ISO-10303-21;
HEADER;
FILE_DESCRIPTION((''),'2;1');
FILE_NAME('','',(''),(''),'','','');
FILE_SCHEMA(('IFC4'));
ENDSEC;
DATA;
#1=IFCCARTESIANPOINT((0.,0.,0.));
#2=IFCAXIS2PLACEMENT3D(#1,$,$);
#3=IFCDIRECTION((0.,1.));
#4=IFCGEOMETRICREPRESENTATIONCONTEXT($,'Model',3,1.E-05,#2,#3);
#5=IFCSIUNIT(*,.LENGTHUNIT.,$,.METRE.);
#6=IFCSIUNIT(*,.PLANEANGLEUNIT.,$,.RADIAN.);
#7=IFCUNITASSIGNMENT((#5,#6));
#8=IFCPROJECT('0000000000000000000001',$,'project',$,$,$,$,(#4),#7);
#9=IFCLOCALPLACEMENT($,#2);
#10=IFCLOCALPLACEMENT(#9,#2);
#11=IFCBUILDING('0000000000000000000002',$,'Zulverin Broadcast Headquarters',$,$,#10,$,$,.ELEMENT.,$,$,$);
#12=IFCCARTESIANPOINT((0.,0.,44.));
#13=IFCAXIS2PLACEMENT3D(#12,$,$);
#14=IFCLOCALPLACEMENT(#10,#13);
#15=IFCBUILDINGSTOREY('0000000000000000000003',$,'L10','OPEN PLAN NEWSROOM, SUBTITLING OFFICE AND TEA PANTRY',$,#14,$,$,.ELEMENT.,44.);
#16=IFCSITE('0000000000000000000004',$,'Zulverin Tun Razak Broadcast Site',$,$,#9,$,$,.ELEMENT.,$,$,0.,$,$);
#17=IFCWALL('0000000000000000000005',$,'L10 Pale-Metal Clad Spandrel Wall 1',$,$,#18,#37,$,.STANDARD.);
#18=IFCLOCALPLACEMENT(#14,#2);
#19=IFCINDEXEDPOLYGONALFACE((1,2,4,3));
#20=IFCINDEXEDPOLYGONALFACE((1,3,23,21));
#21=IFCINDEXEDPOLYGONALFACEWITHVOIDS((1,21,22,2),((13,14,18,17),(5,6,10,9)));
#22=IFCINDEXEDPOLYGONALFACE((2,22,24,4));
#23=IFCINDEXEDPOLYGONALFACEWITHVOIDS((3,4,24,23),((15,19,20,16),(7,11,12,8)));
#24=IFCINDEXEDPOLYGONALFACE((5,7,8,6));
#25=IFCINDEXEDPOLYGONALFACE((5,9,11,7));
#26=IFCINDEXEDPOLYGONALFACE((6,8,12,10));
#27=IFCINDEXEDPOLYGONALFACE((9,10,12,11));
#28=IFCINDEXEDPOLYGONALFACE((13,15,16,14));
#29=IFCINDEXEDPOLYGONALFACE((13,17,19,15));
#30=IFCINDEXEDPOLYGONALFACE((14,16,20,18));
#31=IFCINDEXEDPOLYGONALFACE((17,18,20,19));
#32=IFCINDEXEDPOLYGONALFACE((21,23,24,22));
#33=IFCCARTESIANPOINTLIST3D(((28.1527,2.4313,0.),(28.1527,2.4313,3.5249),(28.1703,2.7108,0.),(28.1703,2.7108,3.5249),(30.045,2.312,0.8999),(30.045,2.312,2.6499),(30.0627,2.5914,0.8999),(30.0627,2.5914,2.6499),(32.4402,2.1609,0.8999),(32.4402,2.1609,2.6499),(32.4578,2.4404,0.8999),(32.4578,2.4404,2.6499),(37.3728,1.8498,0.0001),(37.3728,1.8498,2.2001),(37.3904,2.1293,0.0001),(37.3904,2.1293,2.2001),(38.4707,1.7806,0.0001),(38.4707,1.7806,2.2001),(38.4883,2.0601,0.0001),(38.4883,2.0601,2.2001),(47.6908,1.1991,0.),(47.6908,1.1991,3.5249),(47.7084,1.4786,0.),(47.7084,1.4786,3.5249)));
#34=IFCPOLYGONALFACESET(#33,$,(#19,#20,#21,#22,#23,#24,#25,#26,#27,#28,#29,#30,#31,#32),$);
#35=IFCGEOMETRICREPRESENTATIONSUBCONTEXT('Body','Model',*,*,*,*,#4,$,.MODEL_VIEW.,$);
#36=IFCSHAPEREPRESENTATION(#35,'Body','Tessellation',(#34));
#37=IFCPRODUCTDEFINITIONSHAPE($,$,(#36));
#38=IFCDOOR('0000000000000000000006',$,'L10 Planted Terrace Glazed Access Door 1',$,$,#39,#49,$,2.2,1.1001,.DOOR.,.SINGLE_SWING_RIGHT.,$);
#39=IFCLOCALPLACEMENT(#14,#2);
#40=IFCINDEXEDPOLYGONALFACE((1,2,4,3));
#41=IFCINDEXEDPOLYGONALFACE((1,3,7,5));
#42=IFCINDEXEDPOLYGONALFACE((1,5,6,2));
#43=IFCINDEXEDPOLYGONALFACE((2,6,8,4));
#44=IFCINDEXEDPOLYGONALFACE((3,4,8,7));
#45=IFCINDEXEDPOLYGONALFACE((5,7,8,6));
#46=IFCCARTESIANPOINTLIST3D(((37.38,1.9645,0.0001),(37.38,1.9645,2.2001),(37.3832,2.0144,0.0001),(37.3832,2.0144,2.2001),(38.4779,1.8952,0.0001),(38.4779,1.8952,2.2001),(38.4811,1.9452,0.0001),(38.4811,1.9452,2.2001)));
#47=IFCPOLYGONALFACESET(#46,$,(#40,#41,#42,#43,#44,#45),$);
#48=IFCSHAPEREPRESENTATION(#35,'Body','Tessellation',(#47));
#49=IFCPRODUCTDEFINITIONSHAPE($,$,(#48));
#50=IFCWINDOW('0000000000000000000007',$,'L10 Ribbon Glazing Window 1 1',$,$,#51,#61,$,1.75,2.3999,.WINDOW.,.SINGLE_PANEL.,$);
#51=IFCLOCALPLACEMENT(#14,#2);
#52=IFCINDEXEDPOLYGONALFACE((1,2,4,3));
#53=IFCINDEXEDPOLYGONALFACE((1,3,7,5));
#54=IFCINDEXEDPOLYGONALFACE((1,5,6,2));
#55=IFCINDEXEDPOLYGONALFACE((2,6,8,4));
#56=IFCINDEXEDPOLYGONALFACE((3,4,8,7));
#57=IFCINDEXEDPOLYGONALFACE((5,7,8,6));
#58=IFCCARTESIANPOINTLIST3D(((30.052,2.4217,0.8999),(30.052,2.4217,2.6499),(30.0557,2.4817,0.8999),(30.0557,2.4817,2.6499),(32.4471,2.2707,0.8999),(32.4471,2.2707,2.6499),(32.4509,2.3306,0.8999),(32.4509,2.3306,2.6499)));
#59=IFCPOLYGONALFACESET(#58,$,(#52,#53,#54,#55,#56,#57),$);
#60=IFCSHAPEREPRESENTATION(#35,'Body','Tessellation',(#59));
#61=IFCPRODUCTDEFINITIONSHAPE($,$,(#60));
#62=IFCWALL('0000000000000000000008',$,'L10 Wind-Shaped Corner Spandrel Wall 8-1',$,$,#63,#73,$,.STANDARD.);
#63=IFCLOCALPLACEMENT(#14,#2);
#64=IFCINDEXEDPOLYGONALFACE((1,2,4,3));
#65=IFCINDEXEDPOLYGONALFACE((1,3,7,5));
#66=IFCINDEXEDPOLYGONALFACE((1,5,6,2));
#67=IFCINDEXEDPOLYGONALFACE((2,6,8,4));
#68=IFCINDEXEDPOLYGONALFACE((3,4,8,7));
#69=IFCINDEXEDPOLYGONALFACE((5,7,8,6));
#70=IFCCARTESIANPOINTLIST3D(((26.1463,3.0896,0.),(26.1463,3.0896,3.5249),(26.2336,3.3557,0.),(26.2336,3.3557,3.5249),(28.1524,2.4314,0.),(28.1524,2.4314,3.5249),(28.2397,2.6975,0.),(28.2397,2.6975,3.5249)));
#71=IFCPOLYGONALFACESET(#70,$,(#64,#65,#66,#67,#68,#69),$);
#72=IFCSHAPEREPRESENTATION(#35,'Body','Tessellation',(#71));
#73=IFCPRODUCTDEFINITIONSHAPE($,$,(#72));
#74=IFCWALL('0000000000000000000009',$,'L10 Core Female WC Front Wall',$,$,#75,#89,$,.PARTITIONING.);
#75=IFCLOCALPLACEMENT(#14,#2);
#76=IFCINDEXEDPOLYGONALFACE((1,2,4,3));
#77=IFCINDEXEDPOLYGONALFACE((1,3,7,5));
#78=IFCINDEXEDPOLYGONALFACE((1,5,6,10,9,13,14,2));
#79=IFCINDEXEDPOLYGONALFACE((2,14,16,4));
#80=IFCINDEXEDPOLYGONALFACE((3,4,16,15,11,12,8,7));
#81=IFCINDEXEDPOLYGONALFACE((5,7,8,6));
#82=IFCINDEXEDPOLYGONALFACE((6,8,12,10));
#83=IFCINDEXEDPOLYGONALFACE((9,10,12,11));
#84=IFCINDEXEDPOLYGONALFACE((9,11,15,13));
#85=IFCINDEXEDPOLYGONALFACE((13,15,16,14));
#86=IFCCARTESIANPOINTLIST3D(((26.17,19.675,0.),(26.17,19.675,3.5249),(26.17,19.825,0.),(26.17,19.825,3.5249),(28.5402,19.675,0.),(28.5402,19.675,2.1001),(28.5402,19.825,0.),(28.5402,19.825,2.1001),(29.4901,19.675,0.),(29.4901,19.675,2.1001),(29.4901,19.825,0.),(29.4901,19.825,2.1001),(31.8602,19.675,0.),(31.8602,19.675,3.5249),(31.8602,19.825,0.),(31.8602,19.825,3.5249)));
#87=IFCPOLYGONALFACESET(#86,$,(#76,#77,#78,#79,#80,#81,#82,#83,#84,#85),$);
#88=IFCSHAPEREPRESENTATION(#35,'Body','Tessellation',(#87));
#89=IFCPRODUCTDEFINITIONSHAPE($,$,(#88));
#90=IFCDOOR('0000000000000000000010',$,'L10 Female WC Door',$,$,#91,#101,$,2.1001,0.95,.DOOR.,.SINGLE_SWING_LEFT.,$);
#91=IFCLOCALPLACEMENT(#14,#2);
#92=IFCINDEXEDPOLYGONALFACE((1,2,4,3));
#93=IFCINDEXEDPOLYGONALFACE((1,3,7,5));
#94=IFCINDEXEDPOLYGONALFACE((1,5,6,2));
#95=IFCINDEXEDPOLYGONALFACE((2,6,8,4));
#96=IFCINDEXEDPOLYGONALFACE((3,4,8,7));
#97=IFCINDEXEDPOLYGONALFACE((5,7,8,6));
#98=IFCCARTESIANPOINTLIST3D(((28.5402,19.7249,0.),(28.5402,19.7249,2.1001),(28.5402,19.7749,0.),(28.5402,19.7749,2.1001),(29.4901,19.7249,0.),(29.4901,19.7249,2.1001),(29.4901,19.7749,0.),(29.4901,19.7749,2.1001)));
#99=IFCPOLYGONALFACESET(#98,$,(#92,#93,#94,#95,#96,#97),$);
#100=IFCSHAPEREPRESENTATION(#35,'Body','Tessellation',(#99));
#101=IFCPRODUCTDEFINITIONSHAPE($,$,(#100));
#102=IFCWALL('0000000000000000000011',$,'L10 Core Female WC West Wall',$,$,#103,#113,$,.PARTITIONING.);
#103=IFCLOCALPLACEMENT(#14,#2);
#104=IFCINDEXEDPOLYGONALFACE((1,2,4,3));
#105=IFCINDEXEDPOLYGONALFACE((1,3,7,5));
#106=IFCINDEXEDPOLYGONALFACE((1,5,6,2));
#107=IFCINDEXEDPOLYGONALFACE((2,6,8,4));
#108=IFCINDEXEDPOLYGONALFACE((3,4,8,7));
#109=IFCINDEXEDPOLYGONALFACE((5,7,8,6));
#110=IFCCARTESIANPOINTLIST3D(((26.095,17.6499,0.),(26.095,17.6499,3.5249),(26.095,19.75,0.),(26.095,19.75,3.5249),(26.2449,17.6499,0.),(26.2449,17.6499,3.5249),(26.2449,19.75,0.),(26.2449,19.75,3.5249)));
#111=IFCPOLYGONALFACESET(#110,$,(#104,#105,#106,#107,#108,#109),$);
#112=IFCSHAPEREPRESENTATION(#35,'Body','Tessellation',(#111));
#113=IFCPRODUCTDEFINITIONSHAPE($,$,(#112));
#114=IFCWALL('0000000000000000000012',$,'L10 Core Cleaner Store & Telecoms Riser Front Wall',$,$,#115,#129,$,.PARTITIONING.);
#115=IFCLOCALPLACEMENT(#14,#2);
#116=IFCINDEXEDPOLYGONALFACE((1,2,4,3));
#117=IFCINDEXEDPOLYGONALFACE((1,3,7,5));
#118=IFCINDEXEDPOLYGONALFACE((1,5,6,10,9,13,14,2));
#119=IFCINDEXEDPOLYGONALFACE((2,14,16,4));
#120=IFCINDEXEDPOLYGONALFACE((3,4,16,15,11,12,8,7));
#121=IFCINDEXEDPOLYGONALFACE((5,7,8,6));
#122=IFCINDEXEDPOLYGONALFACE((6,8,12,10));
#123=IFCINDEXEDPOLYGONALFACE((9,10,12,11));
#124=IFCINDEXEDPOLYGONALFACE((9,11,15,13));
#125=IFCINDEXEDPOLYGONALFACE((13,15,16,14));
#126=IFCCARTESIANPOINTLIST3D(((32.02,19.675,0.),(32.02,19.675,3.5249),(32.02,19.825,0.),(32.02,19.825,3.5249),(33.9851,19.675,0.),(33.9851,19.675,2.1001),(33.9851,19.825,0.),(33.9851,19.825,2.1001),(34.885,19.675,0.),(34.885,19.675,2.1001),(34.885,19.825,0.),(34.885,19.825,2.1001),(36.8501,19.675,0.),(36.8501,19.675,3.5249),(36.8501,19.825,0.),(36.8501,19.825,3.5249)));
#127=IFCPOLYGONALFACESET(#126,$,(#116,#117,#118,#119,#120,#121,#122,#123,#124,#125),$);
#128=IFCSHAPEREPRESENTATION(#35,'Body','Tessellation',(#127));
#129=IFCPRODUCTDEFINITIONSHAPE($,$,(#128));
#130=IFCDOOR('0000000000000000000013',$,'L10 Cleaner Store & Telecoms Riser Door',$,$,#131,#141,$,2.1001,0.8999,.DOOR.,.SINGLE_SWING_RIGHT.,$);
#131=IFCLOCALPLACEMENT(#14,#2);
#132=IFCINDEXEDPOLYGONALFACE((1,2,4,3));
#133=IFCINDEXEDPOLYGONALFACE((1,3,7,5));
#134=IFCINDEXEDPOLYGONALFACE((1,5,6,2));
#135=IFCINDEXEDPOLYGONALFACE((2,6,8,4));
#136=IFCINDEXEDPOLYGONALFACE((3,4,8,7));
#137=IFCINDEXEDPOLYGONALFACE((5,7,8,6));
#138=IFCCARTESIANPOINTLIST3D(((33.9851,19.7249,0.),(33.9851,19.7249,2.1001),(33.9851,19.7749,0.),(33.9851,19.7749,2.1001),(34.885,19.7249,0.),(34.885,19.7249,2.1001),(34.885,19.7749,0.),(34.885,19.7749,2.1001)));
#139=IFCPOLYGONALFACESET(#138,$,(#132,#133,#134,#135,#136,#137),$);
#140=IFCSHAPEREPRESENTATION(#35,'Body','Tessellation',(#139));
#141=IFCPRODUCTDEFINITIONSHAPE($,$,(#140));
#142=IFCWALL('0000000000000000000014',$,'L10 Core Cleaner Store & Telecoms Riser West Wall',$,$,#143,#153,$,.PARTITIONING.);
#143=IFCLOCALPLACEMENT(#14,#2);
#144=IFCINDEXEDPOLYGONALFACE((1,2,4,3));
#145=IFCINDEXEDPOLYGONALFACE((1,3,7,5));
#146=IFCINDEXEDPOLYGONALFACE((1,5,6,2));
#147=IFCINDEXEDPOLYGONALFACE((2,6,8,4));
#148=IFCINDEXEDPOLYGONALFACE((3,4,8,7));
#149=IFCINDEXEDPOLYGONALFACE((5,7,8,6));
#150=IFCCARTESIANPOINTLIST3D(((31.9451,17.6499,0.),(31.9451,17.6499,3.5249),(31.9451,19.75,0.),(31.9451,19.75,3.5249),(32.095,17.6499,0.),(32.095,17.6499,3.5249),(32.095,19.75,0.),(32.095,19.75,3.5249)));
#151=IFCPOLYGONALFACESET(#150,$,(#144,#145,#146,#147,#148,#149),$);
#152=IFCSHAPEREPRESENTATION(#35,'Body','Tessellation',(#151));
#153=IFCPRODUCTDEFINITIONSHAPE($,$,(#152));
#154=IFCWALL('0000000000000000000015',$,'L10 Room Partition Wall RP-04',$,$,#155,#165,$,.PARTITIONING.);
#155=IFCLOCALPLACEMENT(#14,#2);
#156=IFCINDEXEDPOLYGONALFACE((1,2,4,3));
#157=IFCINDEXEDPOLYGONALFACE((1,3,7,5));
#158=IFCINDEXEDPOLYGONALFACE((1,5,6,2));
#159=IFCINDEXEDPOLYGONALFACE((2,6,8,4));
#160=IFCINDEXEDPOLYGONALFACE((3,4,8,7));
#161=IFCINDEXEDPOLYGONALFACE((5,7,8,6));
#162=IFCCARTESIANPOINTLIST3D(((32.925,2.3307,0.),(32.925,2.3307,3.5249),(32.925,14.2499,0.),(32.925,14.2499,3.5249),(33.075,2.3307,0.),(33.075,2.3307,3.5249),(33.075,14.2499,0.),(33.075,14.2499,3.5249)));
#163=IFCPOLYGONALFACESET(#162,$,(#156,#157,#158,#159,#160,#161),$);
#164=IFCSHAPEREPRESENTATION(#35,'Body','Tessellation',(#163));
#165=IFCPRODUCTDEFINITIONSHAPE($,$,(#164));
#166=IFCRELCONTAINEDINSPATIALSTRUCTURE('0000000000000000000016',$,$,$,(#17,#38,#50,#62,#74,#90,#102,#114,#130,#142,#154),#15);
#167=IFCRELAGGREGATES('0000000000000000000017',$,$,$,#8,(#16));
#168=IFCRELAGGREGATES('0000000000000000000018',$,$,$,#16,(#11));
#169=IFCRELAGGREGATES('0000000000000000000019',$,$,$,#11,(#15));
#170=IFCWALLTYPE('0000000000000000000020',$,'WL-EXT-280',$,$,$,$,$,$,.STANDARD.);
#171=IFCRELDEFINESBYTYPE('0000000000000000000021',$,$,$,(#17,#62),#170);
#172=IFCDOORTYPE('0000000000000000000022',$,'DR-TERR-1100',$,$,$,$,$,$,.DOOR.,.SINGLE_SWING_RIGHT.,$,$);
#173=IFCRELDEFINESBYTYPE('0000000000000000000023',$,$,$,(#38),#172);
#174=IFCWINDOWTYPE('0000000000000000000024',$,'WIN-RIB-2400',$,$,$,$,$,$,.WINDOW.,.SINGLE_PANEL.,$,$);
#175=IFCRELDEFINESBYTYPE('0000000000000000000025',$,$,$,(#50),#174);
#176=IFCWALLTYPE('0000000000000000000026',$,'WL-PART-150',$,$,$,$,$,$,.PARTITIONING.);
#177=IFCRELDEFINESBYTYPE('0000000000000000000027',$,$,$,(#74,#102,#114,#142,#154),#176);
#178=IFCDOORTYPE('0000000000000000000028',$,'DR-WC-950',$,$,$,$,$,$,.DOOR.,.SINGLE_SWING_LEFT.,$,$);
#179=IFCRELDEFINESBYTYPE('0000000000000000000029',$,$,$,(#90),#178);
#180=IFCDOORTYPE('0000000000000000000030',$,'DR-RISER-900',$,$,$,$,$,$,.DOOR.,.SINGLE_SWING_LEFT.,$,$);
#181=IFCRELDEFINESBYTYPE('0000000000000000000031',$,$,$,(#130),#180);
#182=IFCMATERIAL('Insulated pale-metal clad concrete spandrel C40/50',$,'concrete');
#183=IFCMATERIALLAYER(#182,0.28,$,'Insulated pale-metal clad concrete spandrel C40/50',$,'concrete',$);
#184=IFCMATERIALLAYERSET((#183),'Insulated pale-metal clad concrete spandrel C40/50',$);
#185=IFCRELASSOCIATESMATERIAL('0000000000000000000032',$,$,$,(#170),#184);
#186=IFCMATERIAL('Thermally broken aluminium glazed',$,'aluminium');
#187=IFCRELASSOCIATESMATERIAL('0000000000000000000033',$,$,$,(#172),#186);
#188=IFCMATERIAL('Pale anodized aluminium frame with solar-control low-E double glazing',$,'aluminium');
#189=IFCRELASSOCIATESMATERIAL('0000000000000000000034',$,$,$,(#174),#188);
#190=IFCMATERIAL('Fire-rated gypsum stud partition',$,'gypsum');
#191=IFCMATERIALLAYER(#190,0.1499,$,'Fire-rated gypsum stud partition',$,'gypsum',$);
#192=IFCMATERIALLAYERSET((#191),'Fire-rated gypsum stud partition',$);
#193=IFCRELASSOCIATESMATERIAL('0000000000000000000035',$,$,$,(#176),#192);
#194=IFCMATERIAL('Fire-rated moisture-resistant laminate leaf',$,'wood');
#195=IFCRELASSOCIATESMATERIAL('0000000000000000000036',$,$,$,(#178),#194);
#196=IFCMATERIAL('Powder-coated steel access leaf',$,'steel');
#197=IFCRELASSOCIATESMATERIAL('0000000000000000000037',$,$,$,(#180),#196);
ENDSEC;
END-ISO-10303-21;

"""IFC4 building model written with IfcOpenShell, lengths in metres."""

from ifc_helpers import new_model, si_unit, direction, frame, frame_2d, origin, place, context, subcontext, project, spatial, rectangle, extrude, material, layer, layer_set, type_object, element, fill, save


model = new_model("IFC4")

# Units and contexts
model_context = context("Model", 3, precision=1e-05, world=origin(), true_north=direction((0.0, 1.0)))
body_context = subcontext(model_context, "Body", "Model", "MODEL_VIEW")
ifc_project = project(units=[si_unit("LENGTHUNIT", "METRE"), si_unit("PLANEANGLEUNIT", "RADIAN")], contexts=[model_context])

# Site, building, storey
site_placement = place(None, origin())
site = spatial("IfcSite", under=ifc_project, at=site_placement, Name="Zulverin Tun Razak Broadcast Site", CompositionType="ELEMENT", RefElevation=0.0)
building_placement = place(site_placement, origin())
building = spatial("IfcBuilding", under=site, at=building_placement, Name="Zulverin Broadcast Headquarters", CompositionType="ELEMENT")
storey_placement = place(building_placement, frame((0.0, 0.0, 44.0)))
storey = spatial("IfcBuildingStorey", under=building, at=storey_placement, Name="L10", Description="OPEN PLAN NEWSROOM, SUBTITLING OFFICE AND TEA PANTRY", CompositionType="ELEMENT", Elevation=44.0)

# Wall, openings, door, window
ifc_material_1 = material(Name="Insulated pale-metal clad concrete spandrel C40/50", Category="concrete")
ifc_layer_1 = layer(ifc_material_1, 0.28, Name="Insulated pale-metal clad concrete spandrel C40/50", Category="concrete")
ifc_layer_set_1 = layer_set([ifc_layer_1], Name="Insulated pale-metal clad concrete spandrel C40/50")
wall_type_1 = type_object("IfcWallType", Name="WL-EXT-280", PredefinedType="STANDARD", material=ifc_layer_set_1)
wall_1_placement = place(storey_placement, frame((28.1614, 2.571, 0.0), z_axis=(0.0, 0.0, 1.0), x_axis=(0.998017, -0.06294, 0.0)))
wall_1 = element("IfcWall", 1, at=wall_1_placement, inside=storey, type_object=wall_type_1, Name="L10 Pale-Metal Clad Spandrel Wall 1", PredefinedType="STANDARD", context=body_context, shape_type="SweptSolid", body=[
    extrude(rectangle(XDim=19.5769, YDim=0.28, at=frame_2d((9.7886, 0.0))), origin(), (0.0, 0.0, 1.0), 3.5249),
])
opening_1_placement = place(wall_1_placement, frame((9.2385, 0.0, 0.0)))
opening_1 = element("IfcOpeningElement", 2, at=opening_1_placement, cuts=wall_1, PredefinedType="OPENING", context=body_context, shape_type="SweptSolid", body=[
    extrude(rectangle(XDim=1.1001, YDim=2.2, at=frame_2d((0.55, 1.1001))), frame((0.0, 0.1499, 0.0), z_axis=(0.0, -1.0, 0.0), x_axis=(1.0, 0.0, 0.0)), (0.0, 0.0, 1.0), 0.3),
])
opening_2_placement = place(wall_1_placement, frame((1.8962, 0.0, 0.8999)))
opening_2 = element("IfcOpeningElement", 3, at=opening_2_placement, cuts=wall_1, PredefinedType="OPENING", context=body_context, shape_type="SweptSolid", body=[
    extrude(rectangle(XDim=2.3999, YDim=1.75, at=frame_2d((1.2, 0.875))), frame((0.0, 0.1499, 0.0), z_axis=(0.0, -1.0, 0.0), x_axis=(1.0, 0.0, 0.0)), (0.0, 0.0, 1.0), 0.3),
])
ifc_material_2 = material(Name="Thermally broken aluminium glazed", Category="aluminium")
door_type_1 = type_object("IfcDoorType", Name="DR-TERR-1100", OperationType="SINGLE_SWING_RIGHT", PredefinedType="DOOR", material=ifc_material_2)
door_1_placement = place(opening_1_placement, origin())
door_1 = element("IfcDoor", 4, at=door_1_placement, inside=storey, type_object=door_type_1, Name="L10 Planted Terrace Glazed Access Door 1", OperationType="SINGLE_SWING_RIGHT", OverallHeight=2.2, OverallWidth=1.1001, PredefinedType="DOOR", context=body_context, shape_type="SweptSolid", body=[
    extrude(rectangle(XDim=1.1001, YDim=2.2, at=frame_2d((0.55, 1.1001))), frame((0.0, 0.0249, 0.0), z_axis=(0.0, -1.0, 0.0), x_axis=(1.0, 0.0, 0.0)), (0.0, 0.0, 1.0), 0.05),
])
fill(opening_1, door_1)
ifc_material_3 = material(Name="Pale anodized aluminium frame with solar-control low-E double glazing", Category="aluminium")
window_type = type_object("IfcWindowType", Name="WIN-RIB-2400", PartitioningType="SINGLE_PANEL", PredefinedType="WINDOW", material=ifc_material_3)
window_placement = place(opening_2_placement, origin())
window = element("IfcWindow", 5, at=window_placement, inside=storey, type_object=window_type, Name="L10 Ribbon Glazing Window 1 1", OverallHeight=1.75, OverallWidth=2.3999, PartitioningType="SINGLE_PANEL", PredefinedType="WINDOW", context=body_context, shape_type="SweptSolid", body=[
    extrude(rectangle(XDim=2.3999, YDim=1.75, at=frame_2d((1.2, 0.875))), frame((0.0, 0.03, 0.0), z_axis=(0.0, -1.0, 0.0), x_axis=(1.0, 0.0, 0.0)), (0.0, 0.0, 1.0), 0.0601),
])
fill(opening_2, window)

# Wall
wall_2_placement = place(storey_placement, frame((26.1899, 3.2227, 0.0), z_axis=(0.0, 0.0, 1.0), x_axis=(0.950164, -0.311749, 0.0)))
element("IfcWall", 6, at=wall_2_placement, inside=storey, type_object=wall_type_1, Name="L10 Wind-Shaped Corner Spandrel Wall 8-1", PredefinedType="STANDARD", context=body_context, shape_type="SweptSolid", body=[
    extrude(rectangle(XDim=2.1113, YDim=0.28, at=frame_2d((1.0557, 0.0))), origin(), (0.0, 0.0, 1.0), 3.5249),
])

# Wall, opening, door
ifc_material_4 = material(Name="Fire-rated gypsum stud partition", Category="gypsum")
ifc_layer_2 = layer(ifc_material_4, 0.1499, Name="Fire-rated gypsum stud partition", Category="gypsum")
ifc_layer_set_2 = layer_set([ifc_layer_2], Name="Fire-rated gypsum stud partition")
wall_type_2 = type_object("IfcWallType", Name="WL-PART-150", PredefinedType="PARTITIONING", material=ifc_layer_set_2)
wall_3_placement = place(storey_placement, frame((26.1699, 19.75, 0.0), z_axis=(0.0, 0.0, 1.0), x_axis=(1.0, 0.0, 0.0)))
wall_3 = element("IfcWall", 7, at=wall_3_placement, inside=storey, type_object=wall_type_2, Name="L10 Core Female WC Front Wall", PredefinedType="PARTITIONING", context=body_context, shape_type="SweptSolid", body=[
    extrude(rectangle(XDim=5.6902, YDim=0.1499, at=frame_2d((2.8452, 0.0))), origin(), (0.0, 0.0, 1.0), 3.5249),
])
opening_3_placement = place(wall_3_placement, frame((2.3701, 0.0, 0.0)))
opening_3 = element("IfcOpeningElement", 8, at=opening_3_placement, cuts=wall_3, PredefinedType="OPENING", context=body_context, shape_type="SweptSolid", body=[
    extrude(rectangle(XDim=0.95, YDim=2.1001, at=frame_2d((0.4751, 1.05))), frame((0.0, 0.085, 0.0), z_axis=(0.0, -1.0, 0.0), x_axis=(1.0, 0.0, 0.0)), (0.0, 0.0, 1.0), 0.1699),
])
ifc_material_5 = material(Name="Fire-rated moisture-resistant laminate leaf", Category="wood")
door_type_2 = type_object("IfcDoorType", Name="DR-WC-950", OperationType="SINGLE_SWING_LEFT", PredefinedType="DOOR", material=ifc_material_5)
door_2_placement = place(opening_3_placement, origin())
door_2 = element("IfcDoor", 9, at=door_2_placement, inside=storey, type_object=door_type_2, Name="L10 Female WC Door", OperationType="SINGLE_SWING_LEFT", OverallHeight=2.1001, OverallWidth=0.95, PredefinedType="DOOR", context=body_context, shape_type="SweptSolid", body=[
    extrude(rectangle(XDim=0.95, YDim=2.1001, at=frame_2d((0.4751, 1.05))), frame((0.0, 0.0249, 0.0), z_axis=(0.0, -1.0, 0.0), x_axis=(1.0, 0.0, 0.0)), (0.0, 0.0, 1.0), 0.05),
])
fill(opening_3, door_2)

# Wall
wall_4_placement = place(storey_placement, frame((26.1699, 17.6499, 0.0), z_axis=(0.0, 0.0, 1.0), x_axis=(0.0, 1.0, 0.0)))
element("IfcWall", 10, at=wall_4_placement, inside=storey, type_object=wall_type_2, Name="L10 Core Female WC West Wall", PredefinedType="PARTITIONING", context=body_context, shape_type="SweptSolid", body=[
    extrude(rectangle(XDim=2.1001, YDim=0.1499, at=frame_2d((1.05, 0.0))), origin(), (0.0, 0.0, 1.0), 3.5249),
])

# Wall, opening, door
wall_5_placement = place(storey_placement, frame((32.02, 19.75, 0.0), z_axis=(0.0, 0.0, 1.0), x_axis=(1.0, 0.0, 0.0)))
wall_5 = element("IfcWall", 11, at=wall_5_placement, inside=storey, type_object=wall_type_2, Name="L10 Core Cleaner Store & Telecoms Riser Front Wall", PredefinedType="PARTITIONING", context=body_context, shape_type="SweptSolid", body=[
    extrude(rectangle(XDim=4.8301, YDim=0.1499, at=frame_2d((2.415, 0.0))), origin(), (0.0, 0.0, 1.0), 3.5249),
])
opening_4_placement = place(wall_5_placement, frame((1.9651, 0.0, 0.0)))
opening_4 = element("IfcOpeningElement", 12, at=opening_4_placement, cuts=wall_5, PredefinedType="OPENING", context=body_context, shape_type="SweptSolid", body=[
    extrude(rectangle(XDim=0.8999, YDim=2.1001, at=frame_2d((0.45, 1.05))), frame((0.0, 0.085, 0.0), z_axis=(0.0, -1.0, 0.0), x_axis=(1.0, 0.0, 0.0)), (0.0, 0.0, 1.0), 0.1699),
])
ifc_material_6 = material(Name="Powder-coated steel access leaf", Category="steel")
door_type_3 = type_object("IfcDoorType", Name="DR-RISER-900", OperationType="SINGLE_SWING_LEFT", PredefinedType="DOOR", material=ifc_material_6)
door_3_placement = place(opening_4_placement, origin())
door_3 = element("IfcDoor", 13, at=door_3_placement, inside=storey, type_object=door_type_3, Name="L10 Cleaner Store & Telecoms Riser Door", OperationType="SINGLE_SWING_RIGHT", OverallHeight=2.1001, OverallWidth=0.8999, PredefinedType="DOOR", context=body_context, shape_type="SweptSolid", body=[
    extrude(rectangle(XDim=0.8999, YDim=2.1001, at=frame_2d((0.45, 1.05))), frame((0.0, 0.0249, 0.0), z_axis=(0.0, -1.0, 0.0), x_axis=(1.0, 0.0, 0.0)), (0.0, 0.0, 1.0), 0.05),
])
fill(opening_4, door_3)

# Walls
wall_6_placement = place(storey_placement, frame((32.02, 17.6499, 0.0), z_axis=(0.0, 0.0, 1.0), x_axis=(0.0, 1.0, 0.0)))
element("IfcWall", 14, at=wall_6_placement, inside=storey, type_object=wall_type_2, Name="L10 Core Cleaner Store & Telecoms Riser West Wall", PredefinedType="PARTITIONING", context=body_context, shape_type="SweptSolid", body=[
    extrude(rectangle(XDim=2.1001, YDim=0.1499, at=frame_2d((1.05, 0.0))), origin(), (0.0, 0.0, 1.0), 3.5249),
])
wall_7_placement = place(storey_placement, frame((33.0, 2.3308, 0.0), z_axis=(0.0, 0.0, 1.0), x_axis=(0.0, 1.0, 0.0)))
element("IfcWall", 15, at=wall_7_placement, inside=storey, type_object=wall_type_2, Name="L10 Room Partition Wall RP-04", PredefinedType="PARTITIONING", context=body_context, shape_type="SweptSolid", body=[
    extrude(rectangle(XDim=11.9192, YDim=0.1499, at=frame_2d((5.9595, 0.0))), origin(), (0.0, 0.0, 1.0), 3.5249),
])

save(model, "model.ifc")
